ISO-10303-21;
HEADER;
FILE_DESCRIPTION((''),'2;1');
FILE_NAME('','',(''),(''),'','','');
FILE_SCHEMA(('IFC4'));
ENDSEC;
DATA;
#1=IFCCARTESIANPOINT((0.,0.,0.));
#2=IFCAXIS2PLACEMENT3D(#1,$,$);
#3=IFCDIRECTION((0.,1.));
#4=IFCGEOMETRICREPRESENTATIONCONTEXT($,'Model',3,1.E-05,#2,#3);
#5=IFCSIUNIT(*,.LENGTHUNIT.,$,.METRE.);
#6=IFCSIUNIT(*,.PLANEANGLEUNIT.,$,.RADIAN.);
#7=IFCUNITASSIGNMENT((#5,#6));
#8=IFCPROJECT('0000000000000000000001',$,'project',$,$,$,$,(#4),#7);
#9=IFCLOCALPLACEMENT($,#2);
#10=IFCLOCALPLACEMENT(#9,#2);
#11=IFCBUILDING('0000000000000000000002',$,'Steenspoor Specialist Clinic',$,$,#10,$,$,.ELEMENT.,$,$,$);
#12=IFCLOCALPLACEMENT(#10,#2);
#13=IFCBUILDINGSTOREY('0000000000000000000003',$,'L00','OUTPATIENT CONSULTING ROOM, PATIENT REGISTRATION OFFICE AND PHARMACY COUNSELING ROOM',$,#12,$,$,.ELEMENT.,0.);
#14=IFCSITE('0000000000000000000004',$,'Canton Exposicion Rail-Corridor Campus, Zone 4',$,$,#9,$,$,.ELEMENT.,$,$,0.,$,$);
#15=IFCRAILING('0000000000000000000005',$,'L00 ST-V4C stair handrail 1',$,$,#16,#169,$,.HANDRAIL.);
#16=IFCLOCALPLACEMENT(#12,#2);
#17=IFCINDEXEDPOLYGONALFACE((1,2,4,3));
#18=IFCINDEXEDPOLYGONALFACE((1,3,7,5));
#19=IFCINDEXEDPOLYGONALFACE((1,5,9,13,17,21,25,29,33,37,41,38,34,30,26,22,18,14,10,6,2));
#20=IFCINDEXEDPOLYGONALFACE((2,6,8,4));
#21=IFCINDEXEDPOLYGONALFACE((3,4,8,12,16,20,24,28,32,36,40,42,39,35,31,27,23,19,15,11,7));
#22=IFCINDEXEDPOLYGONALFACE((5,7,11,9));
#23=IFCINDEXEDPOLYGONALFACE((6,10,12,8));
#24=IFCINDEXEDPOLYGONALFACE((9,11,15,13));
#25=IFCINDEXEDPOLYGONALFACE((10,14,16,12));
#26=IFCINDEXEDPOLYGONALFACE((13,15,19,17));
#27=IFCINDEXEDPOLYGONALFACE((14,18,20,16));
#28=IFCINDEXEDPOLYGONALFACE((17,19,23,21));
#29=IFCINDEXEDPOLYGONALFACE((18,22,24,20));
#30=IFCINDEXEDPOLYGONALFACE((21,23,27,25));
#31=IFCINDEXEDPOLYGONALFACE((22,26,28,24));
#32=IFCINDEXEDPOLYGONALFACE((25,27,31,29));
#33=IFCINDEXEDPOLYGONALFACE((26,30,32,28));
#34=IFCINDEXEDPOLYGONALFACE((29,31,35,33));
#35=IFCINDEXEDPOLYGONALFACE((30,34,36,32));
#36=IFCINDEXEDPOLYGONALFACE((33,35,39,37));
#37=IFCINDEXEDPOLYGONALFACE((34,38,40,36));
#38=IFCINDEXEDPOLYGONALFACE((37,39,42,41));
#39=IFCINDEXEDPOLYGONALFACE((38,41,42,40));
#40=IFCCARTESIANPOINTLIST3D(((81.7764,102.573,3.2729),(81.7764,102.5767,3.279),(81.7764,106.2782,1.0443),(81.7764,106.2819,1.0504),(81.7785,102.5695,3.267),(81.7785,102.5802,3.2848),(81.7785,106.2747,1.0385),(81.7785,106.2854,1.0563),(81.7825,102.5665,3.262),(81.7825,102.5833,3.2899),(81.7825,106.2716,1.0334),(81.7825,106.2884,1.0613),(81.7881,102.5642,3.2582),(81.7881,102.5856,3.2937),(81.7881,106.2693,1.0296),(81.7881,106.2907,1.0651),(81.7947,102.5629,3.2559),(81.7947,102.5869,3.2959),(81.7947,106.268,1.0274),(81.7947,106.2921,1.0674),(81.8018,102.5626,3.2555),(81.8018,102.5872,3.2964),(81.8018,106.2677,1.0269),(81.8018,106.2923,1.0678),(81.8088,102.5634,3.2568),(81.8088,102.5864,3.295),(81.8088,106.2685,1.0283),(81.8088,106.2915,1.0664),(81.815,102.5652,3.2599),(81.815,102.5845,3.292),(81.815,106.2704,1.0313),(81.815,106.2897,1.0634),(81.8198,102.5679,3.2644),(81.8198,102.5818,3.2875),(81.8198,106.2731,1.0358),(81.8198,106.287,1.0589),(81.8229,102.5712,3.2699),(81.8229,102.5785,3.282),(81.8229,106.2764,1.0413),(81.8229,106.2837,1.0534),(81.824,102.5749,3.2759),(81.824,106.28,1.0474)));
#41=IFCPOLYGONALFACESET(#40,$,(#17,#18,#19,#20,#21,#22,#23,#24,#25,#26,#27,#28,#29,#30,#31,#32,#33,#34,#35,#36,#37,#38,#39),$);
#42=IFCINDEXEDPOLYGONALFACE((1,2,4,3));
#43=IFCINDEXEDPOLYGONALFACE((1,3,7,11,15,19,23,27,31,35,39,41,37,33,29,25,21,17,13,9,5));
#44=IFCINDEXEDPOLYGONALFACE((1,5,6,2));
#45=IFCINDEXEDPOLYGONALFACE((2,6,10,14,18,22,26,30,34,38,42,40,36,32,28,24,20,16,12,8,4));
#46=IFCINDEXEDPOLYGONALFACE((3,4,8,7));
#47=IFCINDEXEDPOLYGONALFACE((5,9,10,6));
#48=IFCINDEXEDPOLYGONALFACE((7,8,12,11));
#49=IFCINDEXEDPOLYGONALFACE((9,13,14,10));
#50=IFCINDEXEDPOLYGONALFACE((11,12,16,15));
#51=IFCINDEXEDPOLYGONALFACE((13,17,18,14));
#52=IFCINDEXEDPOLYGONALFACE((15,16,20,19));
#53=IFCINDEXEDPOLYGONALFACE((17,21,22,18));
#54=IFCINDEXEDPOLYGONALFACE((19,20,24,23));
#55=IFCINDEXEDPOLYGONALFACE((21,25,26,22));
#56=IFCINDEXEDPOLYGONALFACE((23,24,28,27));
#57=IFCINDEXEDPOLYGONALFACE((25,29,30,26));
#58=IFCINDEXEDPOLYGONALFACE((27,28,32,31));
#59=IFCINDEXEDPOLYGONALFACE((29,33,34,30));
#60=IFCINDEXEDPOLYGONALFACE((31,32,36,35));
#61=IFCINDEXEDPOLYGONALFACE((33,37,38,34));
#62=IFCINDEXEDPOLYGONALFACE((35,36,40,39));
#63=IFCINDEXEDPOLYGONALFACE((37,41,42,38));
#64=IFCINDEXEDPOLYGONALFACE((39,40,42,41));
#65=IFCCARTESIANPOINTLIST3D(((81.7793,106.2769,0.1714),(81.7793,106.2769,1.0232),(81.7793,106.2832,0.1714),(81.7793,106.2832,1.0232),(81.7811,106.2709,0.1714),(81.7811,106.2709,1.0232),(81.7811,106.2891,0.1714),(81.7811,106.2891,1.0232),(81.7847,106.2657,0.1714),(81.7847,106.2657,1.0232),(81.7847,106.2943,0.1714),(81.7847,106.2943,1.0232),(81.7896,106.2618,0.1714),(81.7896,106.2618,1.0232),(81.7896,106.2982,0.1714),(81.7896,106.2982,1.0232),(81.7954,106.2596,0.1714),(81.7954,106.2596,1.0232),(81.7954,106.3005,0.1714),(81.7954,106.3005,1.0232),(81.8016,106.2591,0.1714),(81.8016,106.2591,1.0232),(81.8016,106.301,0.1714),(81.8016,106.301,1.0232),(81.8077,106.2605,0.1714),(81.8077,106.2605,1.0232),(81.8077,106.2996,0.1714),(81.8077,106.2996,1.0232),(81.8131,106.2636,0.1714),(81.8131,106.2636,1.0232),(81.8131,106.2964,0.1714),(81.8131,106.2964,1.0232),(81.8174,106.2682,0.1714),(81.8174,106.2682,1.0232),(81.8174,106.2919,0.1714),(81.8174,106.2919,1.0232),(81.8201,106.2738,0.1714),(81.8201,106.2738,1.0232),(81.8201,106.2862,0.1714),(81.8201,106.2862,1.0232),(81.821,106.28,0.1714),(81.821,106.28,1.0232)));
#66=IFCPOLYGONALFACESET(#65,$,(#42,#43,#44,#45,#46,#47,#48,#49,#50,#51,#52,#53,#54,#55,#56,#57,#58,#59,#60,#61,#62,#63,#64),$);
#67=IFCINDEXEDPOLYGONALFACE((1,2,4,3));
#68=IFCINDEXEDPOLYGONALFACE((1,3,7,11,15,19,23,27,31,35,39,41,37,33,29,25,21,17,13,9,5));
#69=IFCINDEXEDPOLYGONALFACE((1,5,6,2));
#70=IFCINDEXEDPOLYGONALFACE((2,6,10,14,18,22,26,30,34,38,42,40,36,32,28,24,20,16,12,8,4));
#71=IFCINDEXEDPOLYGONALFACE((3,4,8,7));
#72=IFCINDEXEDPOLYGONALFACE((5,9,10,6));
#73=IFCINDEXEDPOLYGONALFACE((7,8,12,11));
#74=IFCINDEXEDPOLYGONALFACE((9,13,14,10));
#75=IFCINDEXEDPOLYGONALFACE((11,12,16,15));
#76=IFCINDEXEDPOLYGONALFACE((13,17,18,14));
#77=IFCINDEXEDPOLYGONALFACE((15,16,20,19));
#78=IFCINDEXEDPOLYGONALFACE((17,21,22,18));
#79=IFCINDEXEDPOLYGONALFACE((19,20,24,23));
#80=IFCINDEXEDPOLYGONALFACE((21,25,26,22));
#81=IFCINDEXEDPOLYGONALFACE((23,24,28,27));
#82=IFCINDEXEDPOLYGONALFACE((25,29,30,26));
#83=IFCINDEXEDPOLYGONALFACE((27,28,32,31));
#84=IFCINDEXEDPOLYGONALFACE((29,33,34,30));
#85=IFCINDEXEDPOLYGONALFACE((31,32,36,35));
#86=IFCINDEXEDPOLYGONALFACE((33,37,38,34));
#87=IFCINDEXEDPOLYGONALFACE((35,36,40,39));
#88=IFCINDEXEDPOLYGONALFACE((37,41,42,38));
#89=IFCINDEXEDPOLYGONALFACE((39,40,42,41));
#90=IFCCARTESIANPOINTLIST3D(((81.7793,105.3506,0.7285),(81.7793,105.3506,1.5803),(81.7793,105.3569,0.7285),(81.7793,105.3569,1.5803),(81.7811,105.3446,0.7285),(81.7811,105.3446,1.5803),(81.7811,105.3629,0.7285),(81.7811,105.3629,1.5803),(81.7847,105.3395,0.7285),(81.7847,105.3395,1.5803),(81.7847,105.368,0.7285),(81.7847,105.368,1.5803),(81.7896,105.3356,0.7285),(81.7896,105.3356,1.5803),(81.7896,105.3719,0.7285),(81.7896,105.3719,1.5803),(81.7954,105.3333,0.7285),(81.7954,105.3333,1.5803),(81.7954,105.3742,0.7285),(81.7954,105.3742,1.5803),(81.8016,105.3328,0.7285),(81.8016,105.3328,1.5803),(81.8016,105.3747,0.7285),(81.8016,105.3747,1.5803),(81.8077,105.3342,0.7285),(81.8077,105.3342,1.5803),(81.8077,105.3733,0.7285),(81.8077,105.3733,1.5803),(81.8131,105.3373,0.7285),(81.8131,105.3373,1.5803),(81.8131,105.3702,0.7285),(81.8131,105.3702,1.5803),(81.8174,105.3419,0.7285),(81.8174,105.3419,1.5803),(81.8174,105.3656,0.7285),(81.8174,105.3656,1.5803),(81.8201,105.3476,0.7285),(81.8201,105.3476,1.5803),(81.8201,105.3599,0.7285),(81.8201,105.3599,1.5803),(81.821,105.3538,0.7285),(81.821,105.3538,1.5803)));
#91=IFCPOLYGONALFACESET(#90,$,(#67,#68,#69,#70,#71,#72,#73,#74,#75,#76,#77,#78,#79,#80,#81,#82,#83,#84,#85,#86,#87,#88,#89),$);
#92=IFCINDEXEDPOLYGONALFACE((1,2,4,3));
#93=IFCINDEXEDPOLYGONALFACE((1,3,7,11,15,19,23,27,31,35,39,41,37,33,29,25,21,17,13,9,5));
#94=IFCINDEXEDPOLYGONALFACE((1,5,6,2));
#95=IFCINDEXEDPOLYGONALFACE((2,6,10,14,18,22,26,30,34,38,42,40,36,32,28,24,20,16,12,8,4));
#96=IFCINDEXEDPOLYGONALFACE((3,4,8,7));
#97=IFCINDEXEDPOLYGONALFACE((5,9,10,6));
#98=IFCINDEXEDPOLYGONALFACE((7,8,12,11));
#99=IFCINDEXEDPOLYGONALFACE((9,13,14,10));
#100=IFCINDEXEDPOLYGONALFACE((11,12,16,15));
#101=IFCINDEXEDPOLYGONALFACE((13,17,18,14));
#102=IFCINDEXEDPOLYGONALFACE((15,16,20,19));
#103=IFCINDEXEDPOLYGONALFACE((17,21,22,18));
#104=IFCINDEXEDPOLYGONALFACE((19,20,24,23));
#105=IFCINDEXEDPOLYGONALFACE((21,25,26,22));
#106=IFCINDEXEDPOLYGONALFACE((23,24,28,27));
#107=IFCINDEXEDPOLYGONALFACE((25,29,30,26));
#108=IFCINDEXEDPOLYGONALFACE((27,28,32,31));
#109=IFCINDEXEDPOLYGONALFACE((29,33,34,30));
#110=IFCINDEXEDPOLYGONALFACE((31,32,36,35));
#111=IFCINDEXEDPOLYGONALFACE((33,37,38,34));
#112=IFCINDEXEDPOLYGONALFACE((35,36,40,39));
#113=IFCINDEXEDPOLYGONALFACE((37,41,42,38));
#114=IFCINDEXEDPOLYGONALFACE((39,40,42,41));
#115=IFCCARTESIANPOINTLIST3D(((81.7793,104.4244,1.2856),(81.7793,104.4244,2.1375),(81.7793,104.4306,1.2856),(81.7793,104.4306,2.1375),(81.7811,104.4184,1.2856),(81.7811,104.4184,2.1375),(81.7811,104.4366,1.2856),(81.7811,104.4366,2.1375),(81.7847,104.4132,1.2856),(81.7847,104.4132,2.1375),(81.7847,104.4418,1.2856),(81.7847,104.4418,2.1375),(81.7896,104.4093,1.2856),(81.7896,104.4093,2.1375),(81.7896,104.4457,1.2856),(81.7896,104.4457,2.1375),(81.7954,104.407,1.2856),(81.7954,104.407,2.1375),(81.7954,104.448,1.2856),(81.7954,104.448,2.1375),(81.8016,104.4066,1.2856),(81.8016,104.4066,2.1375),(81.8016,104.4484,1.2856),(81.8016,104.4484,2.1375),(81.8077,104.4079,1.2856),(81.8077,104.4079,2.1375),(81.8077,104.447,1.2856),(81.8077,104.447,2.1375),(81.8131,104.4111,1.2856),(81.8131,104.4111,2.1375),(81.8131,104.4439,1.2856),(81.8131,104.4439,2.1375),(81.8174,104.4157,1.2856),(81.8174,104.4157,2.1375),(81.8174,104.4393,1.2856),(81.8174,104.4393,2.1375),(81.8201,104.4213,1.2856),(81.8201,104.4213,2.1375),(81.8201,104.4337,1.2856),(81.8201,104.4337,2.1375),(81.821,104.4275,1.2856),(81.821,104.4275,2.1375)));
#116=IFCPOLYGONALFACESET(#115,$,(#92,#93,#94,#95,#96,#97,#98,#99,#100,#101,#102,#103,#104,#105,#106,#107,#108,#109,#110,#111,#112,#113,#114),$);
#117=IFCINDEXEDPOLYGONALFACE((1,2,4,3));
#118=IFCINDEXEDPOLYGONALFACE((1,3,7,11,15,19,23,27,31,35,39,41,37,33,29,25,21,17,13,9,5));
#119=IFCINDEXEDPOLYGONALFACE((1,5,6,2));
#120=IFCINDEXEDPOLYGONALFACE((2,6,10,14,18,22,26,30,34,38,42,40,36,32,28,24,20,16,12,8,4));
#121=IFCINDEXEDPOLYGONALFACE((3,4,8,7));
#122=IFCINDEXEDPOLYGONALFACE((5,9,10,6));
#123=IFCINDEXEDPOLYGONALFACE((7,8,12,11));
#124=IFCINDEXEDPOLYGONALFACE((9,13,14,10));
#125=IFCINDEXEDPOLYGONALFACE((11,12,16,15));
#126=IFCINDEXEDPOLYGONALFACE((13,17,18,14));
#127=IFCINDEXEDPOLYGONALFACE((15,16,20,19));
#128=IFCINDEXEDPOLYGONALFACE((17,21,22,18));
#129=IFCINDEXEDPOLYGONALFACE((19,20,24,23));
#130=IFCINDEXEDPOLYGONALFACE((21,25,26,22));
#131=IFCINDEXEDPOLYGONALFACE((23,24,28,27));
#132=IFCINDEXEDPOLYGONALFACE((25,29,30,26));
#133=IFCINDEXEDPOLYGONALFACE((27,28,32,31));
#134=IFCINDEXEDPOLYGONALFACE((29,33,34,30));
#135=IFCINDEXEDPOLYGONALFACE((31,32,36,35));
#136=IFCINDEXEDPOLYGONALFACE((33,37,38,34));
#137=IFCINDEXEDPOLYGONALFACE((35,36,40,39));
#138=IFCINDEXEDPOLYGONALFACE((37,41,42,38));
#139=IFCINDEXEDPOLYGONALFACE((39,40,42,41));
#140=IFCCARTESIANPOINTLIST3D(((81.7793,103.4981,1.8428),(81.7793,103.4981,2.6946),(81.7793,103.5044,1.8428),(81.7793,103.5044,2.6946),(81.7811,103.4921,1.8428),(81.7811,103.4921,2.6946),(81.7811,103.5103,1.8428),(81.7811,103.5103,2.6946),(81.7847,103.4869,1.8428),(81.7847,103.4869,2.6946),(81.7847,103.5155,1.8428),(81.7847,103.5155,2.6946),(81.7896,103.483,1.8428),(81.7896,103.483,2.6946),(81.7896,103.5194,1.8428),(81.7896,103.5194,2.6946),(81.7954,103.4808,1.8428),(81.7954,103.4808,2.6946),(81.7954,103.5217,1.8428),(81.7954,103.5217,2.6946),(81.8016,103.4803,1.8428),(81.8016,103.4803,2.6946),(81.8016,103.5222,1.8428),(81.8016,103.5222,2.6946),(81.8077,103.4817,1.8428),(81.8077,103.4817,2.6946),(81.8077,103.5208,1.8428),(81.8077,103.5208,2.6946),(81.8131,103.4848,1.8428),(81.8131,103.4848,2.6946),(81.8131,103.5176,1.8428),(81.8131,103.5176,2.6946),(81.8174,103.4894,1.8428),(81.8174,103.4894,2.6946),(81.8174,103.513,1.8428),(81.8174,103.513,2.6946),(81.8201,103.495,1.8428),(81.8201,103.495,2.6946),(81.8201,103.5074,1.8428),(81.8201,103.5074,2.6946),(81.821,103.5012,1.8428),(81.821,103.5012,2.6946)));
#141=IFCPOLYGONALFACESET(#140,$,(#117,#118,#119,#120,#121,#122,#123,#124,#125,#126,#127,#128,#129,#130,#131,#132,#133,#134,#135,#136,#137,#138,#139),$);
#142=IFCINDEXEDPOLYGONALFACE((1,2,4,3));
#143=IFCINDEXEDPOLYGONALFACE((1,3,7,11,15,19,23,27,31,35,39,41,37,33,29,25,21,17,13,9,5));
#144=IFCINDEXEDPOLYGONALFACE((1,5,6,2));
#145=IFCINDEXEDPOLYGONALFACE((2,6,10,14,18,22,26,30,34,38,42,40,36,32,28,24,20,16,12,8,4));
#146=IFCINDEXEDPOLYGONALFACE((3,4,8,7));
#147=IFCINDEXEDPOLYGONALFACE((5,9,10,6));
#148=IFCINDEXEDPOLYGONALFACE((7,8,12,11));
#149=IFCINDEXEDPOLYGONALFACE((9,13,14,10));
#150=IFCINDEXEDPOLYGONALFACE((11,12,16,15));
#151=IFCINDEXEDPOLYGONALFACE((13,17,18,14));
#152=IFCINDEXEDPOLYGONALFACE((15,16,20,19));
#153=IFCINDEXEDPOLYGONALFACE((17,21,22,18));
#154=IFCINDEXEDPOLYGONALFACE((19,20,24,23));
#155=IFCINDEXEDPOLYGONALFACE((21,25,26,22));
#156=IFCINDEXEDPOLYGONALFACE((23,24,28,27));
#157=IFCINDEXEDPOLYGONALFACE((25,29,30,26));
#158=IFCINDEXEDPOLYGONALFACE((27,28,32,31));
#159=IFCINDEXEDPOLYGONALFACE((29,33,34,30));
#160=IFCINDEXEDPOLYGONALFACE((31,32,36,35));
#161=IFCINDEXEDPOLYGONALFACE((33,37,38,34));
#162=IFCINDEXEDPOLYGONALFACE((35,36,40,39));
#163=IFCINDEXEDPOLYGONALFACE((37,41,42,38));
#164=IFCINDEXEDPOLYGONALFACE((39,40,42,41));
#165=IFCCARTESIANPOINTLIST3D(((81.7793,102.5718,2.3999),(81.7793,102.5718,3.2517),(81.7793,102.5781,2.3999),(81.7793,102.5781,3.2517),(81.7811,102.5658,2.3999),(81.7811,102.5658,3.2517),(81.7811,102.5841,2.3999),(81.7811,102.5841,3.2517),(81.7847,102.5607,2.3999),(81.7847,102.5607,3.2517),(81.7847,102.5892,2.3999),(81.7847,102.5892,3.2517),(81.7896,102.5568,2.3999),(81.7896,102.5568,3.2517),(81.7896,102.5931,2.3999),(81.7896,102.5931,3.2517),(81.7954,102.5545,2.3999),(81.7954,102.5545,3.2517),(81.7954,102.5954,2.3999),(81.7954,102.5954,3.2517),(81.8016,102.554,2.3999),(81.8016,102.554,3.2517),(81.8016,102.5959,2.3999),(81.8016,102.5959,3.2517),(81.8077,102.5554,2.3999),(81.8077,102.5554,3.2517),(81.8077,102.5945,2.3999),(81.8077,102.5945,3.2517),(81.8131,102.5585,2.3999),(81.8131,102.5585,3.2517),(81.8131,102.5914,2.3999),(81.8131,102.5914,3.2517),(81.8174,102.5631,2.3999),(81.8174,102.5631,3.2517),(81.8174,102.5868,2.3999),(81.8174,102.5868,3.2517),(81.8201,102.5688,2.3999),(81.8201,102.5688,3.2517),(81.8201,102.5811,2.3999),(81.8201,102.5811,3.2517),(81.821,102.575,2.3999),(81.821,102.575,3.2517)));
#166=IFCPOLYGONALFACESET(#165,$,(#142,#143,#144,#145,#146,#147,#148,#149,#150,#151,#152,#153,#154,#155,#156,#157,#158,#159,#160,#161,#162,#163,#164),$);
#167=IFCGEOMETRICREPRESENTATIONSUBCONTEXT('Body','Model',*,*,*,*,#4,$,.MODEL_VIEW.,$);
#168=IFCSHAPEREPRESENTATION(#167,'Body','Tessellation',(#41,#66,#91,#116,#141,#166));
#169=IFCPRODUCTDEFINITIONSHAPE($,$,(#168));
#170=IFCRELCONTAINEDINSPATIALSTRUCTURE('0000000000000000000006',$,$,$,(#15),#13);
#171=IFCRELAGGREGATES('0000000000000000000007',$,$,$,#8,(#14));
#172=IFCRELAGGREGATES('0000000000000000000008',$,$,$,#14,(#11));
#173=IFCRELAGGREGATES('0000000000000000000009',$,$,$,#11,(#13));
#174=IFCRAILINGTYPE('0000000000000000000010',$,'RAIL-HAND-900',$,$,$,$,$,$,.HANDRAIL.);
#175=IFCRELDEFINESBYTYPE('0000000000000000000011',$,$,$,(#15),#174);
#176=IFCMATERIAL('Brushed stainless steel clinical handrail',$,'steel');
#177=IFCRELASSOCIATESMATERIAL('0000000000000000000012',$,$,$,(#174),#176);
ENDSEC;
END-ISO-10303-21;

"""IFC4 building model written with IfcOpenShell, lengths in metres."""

from ifc_helpers import new_model, si_unit, direction, frame, origin, origin_2d, place, context, subcontext, project, spatial, circle, extrude, material, type_object, element, save


model = new_model("IFC4")

# Units and contexts
model_context = context("Model", 3, precision=1e-05, world=origin(), true_north=direction((0.0, 1.0)))
body_context = subcontext(model_context, "Body", "Model", "MODEL_VIEW")
ifc_project = project(units=[si_unit("LENGTHUNIT", "METRE"), si_unit("PLANEANGLEUNIT", "RADIAN")], contexts=[model_context])

# Site, building, storey
site_placement = place(None, origin())
site = spatial("IfcSite", under=ifc_project, at=site_placement, Name="Canton Exposicion Rail-Corridor Campus, Zone 4", CompositionType="ELEMENT", RefElevation=0.0)
building_placement = place(site_placement, origin())
building = spatial("IfcBuilding", under=site, at=building_placement, Name="Steenspoor Specialist Clinic", CompositionType="ELEMENT")
storey_placement = place(building_placement, origin())
storey = spatial("IfcBuildingStorey", under=building, at=storey_placement, Name="L00", Description="OUTPATIENT CONSULTING ROOM, PATIENT REGISTRATION OFFICE AND PHARMACY COUNSELING ROOM", CompositionType="ELEMENT", Elevation=0.0)

# Railing
ifc_material_1 = material(Name="Brushed stainless steel clinical handrail", Category="steel")
railing_type_1 = type_object("IfcRailingType", Name="RAIL-HAND-900", PredefinedType="HANDRAIL", material=ifc_material_1)
railing_1_placement = place(storey_placement, frame((81.8, 106.28, 0.1714)))
element("IfcRailing", 1, at=railing_1_placement, inside=storey, type_object=railing_type_1, Name="L00 ST-V4C stair handrail 1", PredefinedType="HANDRAIL", context=body_context, shape_type="SweptSolid", body=[
    extrude(circle(Radius=0.0239, at=origin_2d()), frame((0.0, 0.0, 0.876), z_axis=(0.0, -0.856934, 0.515425), x_axis=(1.0, 0.0, 0.0)), (0.0, 0.0, 1.0), 4.3237),
    extrude(circle(Radius=0.021, at=origin_2d()), origin(), (0.0, 0.0, 1.0), 0.8518),
    extrude(circle(Radius=0.021, at=origin_2d()), frame((0.0, -0.9263, 0.5571)), (0.0, 0.0, 1.0), 0.8518),
    extrude(circle(Radius=0.021, at=origin_2d()), frame((0.0, -1.8525, 1.1143)), (0.0, 0.0, 1.0), 0.8518),
    extrude(circle(Radius=0.021, at=origin_2d()), frame((0.0, -2.7788, 1.6714)), (0.0, 0.0, 1.0), 0.8518),
    extrude(circle(Radius=0.021, at=origin_2d()), frame((0.0, -3.7051, 2.2285)), (0.0, 0.0, 1.0), 0.8518),
])

save(model, "model.ifc")
